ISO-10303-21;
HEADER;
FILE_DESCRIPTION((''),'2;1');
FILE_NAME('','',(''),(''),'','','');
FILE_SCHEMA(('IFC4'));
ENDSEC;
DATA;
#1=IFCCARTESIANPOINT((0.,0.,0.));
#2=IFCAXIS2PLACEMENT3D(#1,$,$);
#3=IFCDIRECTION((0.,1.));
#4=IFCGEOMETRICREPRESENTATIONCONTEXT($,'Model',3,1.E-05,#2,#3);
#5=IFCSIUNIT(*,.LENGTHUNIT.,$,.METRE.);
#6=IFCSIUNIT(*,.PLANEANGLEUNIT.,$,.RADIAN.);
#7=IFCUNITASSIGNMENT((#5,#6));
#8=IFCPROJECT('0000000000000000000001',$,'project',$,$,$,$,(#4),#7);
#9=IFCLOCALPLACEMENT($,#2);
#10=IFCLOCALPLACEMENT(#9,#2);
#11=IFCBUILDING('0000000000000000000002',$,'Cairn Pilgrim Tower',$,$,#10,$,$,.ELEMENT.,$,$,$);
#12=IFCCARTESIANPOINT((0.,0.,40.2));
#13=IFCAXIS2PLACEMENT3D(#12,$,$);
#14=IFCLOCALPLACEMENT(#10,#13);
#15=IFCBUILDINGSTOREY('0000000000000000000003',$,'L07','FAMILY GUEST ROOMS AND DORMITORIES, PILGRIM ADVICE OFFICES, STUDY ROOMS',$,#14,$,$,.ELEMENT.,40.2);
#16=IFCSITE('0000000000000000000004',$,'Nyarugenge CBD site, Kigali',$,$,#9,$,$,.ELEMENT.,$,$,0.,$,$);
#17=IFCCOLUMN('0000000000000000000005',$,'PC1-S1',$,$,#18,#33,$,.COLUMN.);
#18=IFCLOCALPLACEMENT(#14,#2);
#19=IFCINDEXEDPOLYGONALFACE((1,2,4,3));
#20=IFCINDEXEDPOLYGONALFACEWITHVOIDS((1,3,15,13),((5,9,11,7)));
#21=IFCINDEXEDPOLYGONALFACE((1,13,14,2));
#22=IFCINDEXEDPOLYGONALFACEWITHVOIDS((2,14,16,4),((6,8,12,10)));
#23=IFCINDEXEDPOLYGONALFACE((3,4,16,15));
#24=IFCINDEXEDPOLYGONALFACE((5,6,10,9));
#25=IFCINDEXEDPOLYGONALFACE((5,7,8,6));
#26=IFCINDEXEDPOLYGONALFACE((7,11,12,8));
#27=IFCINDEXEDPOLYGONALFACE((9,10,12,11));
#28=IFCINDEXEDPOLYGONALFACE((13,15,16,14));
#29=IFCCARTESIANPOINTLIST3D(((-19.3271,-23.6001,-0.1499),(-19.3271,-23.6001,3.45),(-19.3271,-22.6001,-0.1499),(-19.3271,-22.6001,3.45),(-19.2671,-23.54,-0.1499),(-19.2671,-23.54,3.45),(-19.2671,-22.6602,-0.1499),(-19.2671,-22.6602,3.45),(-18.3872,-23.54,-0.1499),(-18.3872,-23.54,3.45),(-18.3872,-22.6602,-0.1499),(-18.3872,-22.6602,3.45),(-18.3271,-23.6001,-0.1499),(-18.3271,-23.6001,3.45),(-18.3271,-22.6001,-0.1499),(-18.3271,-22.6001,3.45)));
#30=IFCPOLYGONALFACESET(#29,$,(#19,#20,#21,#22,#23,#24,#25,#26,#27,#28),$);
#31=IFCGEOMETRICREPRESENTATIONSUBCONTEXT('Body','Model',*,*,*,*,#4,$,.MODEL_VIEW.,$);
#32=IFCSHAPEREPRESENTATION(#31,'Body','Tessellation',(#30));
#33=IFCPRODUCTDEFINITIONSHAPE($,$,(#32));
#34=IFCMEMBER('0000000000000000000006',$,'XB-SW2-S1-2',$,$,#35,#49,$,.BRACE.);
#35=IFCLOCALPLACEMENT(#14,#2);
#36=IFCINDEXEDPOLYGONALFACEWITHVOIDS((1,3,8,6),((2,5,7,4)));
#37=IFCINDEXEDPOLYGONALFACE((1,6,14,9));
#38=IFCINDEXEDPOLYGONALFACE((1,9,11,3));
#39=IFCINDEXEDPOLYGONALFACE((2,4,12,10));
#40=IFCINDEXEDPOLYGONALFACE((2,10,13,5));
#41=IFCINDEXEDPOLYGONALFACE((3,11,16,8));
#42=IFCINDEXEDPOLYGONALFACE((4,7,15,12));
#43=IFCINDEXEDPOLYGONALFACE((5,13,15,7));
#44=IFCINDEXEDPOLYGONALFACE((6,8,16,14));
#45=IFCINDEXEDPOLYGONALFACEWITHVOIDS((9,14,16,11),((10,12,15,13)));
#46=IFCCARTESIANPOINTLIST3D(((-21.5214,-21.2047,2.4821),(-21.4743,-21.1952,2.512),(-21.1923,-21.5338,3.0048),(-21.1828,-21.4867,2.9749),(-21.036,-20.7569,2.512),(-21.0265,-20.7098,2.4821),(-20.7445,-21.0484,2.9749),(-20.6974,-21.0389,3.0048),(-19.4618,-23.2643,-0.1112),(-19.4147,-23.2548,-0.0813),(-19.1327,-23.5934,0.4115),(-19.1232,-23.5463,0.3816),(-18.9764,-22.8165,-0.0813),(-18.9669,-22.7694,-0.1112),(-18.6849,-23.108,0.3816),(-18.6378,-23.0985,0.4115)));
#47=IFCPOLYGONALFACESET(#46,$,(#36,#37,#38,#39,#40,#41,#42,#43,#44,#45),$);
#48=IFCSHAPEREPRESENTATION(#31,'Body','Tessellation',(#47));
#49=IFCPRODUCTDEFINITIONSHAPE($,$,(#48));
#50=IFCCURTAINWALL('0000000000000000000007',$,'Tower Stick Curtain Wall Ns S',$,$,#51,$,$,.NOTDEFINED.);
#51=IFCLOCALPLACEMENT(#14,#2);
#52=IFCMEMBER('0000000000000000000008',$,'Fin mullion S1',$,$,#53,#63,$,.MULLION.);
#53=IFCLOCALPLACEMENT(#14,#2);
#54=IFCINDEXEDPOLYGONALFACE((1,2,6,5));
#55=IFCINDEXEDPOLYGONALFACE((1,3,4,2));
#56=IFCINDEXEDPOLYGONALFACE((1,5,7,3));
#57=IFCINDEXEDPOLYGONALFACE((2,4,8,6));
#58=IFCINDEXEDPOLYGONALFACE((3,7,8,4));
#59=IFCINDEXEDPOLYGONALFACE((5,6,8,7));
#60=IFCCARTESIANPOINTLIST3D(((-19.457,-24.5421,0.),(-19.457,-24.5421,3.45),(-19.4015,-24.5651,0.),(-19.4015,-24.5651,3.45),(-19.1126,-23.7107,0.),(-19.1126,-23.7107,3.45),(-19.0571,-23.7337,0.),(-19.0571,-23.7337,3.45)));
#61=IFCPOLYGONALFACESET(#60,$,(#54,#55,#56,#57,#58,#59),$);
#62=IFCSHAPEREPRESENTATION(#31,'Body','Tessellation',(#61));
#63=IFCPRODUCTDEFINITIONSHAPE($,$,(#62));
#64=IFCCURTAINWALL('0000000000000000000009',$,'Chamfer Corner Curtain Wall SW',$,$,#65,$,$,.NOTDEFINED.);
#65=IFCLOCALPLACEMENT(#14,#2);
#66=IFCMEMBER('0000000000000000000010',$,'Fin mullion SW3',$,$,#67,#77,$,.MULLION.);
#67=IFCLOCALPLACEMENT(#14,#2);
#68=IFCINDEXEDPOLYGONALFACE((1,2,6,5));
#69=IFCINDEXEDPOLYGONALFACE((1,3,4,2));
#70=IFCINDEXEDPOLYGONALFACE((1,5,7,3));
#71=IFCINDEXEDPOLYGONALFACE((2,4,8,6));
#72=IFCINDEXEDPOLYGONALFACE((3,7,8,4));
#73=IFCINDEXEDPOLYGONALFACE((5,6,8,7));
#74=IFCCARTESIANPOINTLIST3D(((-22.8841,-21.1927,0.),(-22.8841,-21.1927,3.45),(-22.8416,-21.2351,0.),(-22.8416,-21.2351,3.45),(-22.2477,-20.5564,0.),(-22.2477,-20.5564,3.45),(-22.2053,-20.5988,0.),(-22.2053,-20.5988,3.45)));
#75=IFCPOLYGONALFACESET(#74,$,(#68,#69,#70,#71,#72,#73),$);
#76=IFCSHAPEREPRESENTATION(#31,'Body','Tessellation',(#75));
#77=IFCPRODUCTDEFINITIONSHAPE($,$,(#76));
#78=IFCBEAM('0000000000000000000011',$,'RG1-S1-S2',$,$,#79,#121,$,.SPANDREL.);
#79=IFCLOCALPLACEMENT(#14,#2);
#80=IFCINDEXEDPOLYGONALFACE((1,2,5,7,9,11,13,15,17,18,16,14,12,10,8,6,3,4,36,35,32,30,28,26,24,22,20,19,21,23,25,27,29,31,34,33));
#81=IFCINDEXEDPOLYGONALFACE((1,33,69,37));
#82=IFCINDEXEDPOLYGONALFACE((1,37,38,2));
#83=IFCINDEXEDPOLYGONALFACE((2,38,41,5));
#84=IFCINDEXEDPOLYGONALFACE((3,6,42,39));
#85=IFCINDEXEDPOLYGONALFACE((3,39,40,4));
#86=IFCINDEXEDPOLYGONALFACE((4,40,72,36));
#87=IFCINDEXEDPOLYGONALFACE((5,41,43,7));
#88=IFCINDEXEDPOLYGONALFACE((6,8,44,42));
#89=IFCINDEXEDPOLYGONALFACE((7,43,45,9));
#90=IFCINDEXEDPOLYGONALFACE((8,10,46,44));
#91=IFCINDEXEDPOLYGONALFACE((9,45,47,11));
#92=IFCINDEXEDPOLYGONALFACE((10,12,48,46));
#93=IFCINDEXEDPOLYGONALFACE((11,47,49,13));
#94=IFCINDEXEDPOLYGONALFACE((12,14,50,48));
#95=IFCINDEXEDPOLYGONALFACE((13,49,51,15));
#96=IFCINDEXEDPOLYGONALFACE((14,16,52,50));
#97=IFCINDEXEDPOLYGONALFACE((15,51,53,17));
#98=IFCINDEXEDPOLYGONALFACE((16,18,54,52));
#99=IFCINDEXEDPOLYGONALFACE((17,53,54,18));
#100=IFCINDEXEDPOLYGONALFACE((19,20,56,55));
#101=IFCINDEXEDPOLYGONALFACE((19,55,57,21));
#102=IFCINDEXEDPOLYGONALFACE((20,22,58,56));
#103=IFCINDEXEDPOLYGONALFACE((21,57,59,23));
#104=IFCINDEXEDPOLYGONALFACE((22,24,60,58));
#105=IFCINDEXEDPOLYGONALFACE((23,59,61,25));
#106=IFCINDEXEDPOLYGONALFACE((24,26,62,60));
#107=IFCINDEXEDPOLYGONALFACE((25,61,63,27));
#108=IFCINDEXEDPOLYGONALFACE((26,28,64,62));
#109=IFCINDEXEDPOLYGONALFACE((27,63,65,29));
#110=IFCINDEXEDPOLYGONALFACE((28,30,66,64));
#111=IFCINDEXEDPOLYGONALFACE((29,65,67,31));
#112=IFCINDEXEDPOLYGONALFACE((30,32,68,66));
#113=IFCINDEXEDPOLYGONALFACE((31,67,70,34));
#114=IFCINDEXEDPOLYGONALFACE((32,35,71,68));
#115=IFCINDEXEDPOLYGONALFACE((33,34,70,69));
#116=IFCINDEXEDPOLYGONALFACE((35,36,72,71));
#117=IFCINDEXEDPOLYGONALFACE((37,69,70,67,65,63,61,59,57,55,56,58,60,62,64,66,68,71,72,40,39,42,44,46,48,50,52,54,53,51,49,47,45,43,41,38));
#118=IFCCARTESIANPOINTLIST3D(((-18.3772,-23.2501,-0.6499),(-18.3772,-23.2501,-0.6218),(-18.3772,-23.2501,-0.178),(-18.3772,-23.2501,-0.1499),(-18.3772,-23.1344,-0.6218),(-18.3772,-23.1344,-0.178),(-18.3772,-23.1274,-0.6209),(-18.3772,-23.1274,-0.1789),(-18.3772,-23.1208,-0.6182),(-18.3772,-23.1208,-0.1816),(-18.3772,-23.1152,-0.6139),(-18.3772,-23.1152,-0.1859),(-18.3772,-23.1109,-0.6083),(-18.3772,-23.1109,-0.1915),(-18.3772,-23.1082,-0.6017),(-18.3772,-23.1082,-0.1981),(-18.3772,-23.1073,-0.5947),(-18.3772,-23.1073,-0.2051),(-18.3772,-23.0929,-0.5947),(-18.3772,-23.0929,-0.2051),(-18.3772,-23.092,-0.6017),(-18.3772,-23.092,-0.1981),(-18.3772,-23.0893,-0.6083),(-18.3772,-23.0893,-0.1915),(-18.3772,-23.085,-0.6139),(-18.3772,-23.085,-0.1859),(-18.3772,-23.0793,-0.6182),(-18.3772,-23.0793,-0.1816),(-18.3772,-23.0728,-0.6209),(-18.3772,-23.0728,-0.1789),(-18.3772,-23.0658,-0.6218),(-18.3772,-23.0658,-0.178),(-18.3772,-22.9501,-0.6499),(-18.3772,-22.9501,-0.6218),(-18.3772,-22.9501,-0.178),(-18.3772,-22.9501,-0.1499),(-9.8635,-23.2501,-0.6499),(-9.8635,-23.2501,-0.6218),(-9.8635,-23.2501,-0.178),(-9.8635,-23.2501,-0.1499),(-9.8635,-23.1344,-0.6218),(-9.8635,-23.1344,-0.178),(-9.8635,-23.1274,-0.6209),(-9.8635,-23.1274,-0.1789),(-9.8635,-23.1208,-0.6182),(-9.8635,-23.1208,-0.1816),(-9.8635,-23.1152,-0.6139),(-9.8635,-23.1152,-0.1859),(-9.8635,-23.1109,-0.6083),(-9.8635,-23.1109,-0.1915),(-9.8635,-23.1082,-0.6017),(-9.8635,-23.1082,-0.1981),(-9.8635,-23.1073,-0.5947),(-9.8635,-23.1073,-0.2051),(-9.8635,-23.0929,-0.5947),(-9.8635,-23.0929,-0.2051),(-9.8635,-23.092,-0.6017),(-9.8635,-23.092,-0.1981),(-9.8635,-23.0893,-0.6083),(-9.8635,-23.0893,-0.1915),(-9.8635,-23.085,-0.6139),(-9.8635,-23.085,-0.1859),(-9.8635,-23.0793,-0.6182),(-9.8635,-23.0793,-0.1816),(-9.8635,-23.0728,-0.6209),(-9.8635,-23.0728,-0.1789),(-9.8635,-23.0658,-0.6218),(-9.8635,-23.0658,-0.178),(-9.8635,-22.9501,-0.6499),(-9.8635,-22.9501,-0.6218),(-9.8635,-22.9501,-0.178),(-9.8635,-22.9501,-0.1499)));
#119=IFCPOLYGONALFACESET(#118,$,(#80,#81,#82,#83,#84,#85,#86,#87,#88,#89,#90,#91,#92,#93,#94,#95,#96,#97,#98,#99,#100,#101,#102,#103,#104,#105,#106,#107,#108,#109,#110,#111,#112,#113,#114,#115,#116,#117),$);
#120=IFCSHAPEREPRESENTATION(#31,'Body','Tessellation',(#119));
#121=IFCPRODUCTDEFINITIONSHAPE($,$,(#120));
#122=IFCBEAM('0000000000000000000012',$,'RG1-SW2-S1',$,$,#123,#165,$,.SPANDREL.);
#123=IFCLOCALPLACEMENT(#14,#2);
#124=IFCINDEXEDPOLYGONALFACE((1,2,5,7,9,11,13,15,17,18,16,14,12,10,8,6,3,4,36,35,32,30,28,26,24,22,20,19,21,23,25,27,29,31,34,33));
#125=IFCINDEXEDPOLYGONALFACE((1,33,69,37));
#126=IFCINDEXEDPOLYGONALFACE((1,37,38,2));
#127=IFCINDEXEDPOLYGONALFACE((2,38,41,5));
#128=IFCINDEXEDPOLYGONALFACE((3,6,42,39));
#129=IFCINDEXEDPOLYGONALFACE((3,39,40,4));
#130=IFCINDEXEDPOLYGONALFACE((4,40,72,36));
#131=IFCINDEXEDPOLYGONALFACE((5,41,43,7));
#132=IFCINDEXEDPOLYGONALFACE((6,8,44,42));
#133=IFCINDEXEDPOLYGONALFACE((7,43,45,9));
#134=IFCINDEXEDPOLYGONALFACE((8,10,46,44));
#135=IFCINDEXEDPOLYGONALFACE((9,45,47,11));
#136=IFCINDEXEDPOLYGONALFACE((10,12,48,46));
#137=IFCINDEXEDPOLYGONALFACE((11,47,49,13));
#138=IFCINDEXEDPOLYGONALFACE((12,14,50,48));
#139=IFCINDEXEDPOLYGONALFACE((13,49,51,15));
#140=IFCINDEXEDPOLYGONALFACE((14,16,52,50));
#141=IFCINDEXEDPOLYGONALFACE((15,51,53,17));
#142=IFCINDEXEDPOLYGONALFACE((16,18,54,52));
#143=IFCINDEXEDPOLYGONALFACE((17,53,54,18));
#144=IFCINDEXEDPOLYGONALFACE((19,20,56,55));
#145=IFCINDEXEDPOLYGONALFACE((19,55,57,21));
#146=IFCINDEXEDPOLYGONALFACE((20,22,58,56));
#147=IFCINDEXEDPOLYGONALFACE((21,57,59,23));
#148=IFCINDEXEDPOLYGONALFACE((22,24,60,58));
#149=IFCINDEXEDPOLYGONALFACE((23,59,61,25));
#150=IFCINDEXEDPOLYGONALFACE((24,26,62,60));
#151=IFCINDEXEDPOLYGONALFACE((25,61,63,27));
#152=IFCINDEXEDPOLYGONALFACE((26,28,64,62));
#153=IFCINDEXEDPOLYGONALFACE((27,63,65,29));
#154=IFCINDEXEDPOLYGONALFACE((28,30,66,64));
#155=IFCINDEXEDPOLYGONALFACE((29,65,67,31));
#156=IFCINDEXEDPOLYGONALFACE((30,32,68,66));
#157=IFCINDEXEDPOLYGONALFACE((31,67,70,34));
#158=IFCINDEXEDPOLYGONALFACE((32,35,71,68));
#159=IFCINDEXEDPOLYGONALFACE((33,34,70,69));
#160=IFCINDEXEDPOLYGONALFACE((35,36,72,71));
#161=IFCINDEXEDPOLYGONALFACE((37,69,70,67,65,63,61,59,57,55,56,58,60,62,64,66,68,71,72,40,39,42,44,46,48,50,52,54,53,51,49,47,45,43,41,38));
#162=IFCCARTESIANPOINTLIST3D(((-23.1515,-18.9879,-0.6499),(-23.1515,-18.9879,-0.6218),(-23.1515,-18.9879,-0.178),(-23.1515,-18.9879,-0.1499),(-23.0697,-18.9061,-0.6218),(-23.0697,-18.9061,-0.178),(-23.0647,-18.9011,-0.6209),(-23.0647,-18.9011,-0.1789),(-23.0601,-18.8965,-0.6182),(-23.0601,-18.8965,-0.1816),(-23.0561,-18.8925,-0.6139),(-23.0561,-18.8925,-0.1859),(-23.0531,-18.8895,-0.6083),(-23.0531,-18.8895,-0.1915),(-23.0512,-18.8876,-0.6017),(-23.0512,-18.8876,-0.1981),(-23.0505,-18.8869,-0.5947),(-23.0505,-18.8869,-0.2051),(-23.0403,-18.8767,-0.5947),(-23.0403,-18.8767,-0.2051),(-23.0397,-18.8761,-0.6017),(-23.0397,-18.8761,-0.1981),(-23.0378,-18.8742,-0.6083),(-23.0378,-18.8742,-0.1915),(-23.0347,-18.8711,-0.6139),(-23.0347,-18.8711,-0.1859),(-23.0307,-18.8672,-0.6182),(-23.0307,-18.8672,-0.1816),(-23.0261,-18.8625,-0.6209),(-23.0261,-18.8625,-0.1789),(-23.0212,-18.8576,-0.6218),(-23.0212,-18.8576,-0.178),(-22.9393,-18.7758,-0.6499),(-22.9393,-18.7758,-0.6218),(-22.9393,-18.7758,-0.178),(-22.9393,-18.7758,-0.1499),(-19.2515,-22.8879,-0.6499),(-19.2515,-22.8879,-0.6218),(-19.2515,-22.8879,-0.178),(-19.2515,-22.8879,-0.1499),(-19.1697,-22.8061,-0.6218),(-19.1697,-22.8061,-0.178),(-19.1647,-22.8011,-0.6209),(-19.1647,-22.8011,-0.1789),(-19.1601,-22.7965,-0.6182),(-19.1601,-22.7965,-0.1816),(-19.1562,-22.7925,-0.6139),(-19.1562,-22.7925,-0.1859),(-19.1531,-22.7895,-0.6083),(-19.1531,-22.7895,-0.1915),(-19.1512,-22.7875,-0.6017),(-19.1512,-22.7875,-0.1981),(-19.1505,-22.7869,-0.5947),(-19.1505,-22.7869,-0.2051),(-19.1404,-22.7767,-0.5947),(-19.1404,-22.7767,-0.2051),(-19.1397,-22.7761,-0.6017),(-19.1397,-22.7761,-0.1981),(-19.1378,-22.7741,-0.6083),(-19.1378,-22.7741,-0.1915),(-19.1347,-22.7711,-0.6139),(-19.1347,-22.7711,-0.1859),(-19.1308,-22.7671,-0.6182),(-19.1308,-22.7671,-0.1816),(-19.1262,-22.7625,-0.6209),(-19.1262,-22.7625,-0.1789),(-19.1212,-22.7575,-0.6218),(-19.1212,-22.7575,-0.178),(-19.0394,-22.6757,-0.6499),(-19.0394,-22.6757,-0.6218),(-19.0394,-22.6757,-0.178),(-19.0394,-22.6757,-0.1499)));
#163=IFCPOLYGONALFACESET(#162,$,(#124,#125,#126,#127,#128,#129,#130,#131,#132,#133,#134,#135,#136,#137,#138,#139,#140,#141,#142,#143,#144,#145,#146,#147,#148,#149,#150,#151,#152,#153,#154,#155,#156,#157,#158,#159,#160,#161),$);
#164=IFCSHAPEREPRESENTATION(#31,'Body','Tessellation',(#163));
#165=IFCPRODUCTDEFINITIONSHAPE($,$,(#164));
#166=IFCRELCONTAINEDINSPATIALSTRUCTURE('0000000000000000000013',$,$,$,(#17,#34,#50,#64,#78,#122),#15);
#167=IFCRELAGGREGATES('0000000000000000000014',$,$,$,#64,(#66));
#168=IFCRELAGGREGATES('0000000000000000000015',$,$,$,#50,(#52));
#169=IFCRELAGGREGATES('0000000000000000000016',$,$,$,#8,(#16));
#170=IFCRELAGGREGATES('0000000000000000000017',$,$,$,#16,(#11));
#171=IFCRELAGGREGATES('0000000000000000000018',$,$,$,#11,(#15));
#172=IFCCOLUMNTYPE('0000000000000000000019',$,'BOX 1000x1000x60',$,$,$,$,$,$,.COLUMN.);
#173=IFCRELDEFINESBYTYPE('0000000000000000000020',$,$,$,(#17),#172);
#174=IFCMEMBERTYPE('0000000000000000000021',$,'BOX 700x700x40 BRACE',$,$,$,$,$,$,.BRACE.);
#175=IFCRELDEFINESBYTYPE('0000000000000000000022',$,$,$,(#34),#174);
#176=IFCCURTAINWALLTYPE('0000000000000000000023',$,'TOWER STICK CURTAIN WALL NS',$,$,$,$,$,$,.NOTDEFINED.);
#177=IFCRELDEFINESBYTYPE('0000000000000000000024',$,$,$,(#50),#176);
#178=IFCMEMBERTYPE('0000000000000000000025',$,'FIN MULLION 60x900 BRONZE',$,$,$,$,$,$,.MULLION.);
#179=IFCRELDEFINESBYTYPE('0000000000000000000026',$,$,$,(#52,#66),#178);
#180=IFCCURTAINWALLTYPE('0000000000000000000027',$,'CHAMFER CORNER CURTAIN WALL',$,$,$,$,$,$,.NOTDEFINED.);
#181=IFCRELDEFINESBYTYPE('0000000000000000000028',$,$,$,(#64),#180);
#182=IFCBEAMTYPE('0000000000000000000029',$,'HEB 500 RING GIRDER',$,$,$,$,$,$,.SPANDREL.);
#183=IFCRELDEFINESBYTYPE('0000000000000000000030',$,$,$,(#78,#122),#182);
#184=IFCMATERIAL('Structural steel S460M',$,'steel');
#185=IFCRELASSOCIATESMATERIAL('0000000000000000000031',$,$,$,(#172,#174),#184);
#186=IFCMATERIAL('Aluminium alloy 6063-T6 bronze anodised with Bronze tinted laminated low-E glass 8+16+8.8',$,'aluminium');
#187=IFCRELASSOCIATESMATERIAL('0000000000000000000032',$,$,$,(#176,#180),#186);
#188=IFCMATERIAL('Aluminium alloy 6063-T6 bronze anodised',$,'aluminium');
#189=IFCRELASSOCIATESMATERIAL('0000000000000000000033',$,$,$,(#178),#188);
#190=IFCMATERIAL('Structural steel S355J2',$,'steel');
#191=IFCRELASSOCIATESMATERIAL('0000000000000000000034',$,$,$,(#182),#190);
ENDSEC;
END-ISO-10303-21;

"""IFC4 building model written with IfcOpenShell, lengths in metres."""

from ifc_helpers import new_model, si_unit, direction, frame, origin, origin_2d, place, context, subcontext, project, spatial, rectangle, hollow_rectangle, i_section, extrude, material, material_profile, profile_set, type_object, element, aggregate, save


model = new_model("IFC4")

# Units and contexts
model_context = context("Model", 3, precision=1e-05, world=origin(), true_north=direction((0.0, 1.0)))
body_context = subcontext(model_context, "Body", "Model", "MODEL_VIEW")
ifc_project = project(units=[si_unit("LENGTHUNIT", "METRE"), si_unit("PLANEANGLEUNIT", "RADIAN")], contexts=[model_context])

# Site, building, storey
site_placement = place(None, origin())
site = spatial("IfcSite", under=ifc_project, at=site_placement, Name="Nyarugenge CBD site, Kigali", CompositionType="ELEMENT", RefElevation=0.0)
building_placement = place(site_placement, origin())
building = spatial("IfcBuilding", under=site, at=building_placement, Name="Cairn Pilgrim Tower", CompositionType="ELEMENT")
storey_placement = place(building_placement, frame((0.0, 0.0, 40.2)))
storey = spatial("IfcBuildingStorey", under=building, at=storey_placement, Name="L07", Description="FAMILY GUEST ROOMS AND DORMITORIES, PILGRIM ADVICE OFFICES, STUDY ROOMS", CompositionType="ELEMENT", Elevation=40.2)

# Column
ifc_material_1 = material(Name="Structural steel S460M", Category="steel")
ifc_material_profile_1 = material_profile(ifc_material_1, hollow_rectangle(XDim=1.0, YDim=1.0, WallThickness=0.0601, at=origin_2d()), Name="BOX 1000x1000x60")
ifc_profile_set_1 = profile_set([ifc_material_profile_1], Name="Structural steel S460M")
column_type = type_object("IfcColumnType", Name="BOX 1000x1000x60", PredefinedType="COLUMN", material=ifc_profile_set_1)
column_placement = place(storey_placement, frame((-18.8271, -23.1001, -0.1499), z_axis=(0.0, 0.0, 1.0), x_axis=(1.0, 0.0, 0.0)))
element("IfcColumn", 1, at=column_placement, inside=storey, type_object=column_type, Name="PC1-S1", PredefinedType="COLUMN", context=body_context, shape_type="SweptSolid", body=[
    extrude(hollow_rectangle(XDim=1.0, YDim=1.0, WallThickness=0.0601, at=origin_2d()), origin(), (0.0, 0.0, 1.0), 3.5999),
])

# Member
ifc_material_profile_2 = material_profile(ifc_material_1, hollow_rectangle(XDim=0.7, YDim=0.7, WallThickness=0.04, at=origin_2d()), Name="BOX 700x700x40")
ifc_profile_set_2 = profile_set([ifc_material_profile_2], Name="Structural steel S460M")
member_type_1 = type_object("IfcMemberType", Name="BOX 700x700x40 BRACE", PredefinedType="BRACE", material=ifc_profile_set_2)
member_1_placement = place(storey_placement, frame((-19.0498, -23.1814, 0.1501), z_axis=(-0.528118, 0.528118, 0.664968), x_axis=(-0.707107, -0.707107, 0.0)))
element("IfcMember", 2, at=member_1_placement, inside=storey, type_object=member_type_1, Name="XB-SW2-S1-2", PredefinedType="BRACE", context=body_context, shape_type="SweptSolid", body=[
    extrude(hollow_rectangle(XDim=0.7, YDim=0.7, WallThickness=0.04, at=origin_2d()), origin(), (0.0, 0.0, 1.0), 3.8999),
])

# Curtain walls, members
ifc_material_2 = material(Name="Aluminium alloy 6063-T6 bronze anodised with Bronze tinted laminated low-E glass 8+16+8.8", Category="aluminium")
curtain_wall_type_1 = type_object("IfcCurtainWallType", Name="TOWER STICK CURTAIN WALL NS", PredefinedType="NOTDEFINED", material=ifc_material_2)
curtain_wall_1_placement = place(storey_placement, origin())
curtain_wall_1 = element("IfcCurtainWall", 3, at=curtain_wall_1_placement, inside=storey, type_object=curtain_wall_type_1, Name="Tower Stick Curtain Wall Ns S", PredefinedType="NOTDEFINED")
ifc_material_3 = material(Name="Aluminium alloy 6063-T6 bronze anodised", Category="aluminium")
ifc_material_profile_3 = material_profile(ifc_material_3, rectangle(XDim=0.8999, YDim=0.0601, at=origin_2d()), Name="FIN MULLION 60x900 BRONZE")
ifc_profile_set_3 = profile_set([ifc_material_profile_3], Name="Aluminium alloy 6063-T6 bronze anodised")
member_type_2 = type_object("IfcMemberType", Name="FIN MULLION 60x900 BRONZE", PredefinedType="MULLION", material=ifc_profile_set_3)
member_2_placement = place(storey_placement, frame((-19.2571, -24.1379, 0.0), z_axis=(0.0, 0.0, 1.0), x_axis=(-0.382683, -0.92388, 0.0)))
member_2 = element("IfcMember", 4, at=member_2_placement, type_object=member_type_2, Name="Fin mullion S1", PredefinedType="MULLION", context=body_context, shape_type="SweptSolid", body=[
    extrude(rectangle(XDim=0.8999, YDim=0.0601, at=origin_2d()), origin(), (0.0, 0.0, 1.0), 3.45),
])
curtain_wall_type_2 = type_object("IfcCurtainWallType", Name="CHAMFER CORNER CURTAIN WALL", PredefinedType="NOTDEFINED", material=ifc_material_2)
curtain_wall_2_placement = place(storey_placement, origin())
curtain_wall_2 = element("IfcCurtainWall", 5, at=curtain_wall_2_placement, inside=storey, type_object=curtain_wall_type_2, Name="Chamfer Corner Curtain Wall SW", PredefinedType="NOTDEFINED")
member_3_placement = place(storey_placement, frame((-22.5447, -20.8958, 0.0), z_axis=(0.0, 0.0, 1.0), x_axis=(-0.707107, -0.707107, 0.0)))
member_3 = element("IfcMember", 6, at=member_3_placement, type_object=member_type_2, Name="Fin mullion SW3", PredefinedType="MULLION", context=body_context, shape_type="SweptSolid", body=[
    extrude(rectangle(XDim=0.8999, YDim=0.0601, at=origin_2d()), origin(), (0.0, 0.0, 1.0), 3.45),
])

# Beams
ifc_material_4 = material(Name="Structural steel S355J2", Category="steel")
ifc_material_profile_4 = material_profile(ifc_material_4, i_section(OverallWidth=0.3, OverallDepth=0.5, WebThickness=0.0144, FlangeThickness=0.0281, FilletRadius=0.0271, at=origin_2d()), Name="HEB 500")
ifc_profile_set_4 = profile_set([ifc_material_profile_4], Name="Structural steel S355J2")
beam_type_1 = type_object("IfcBeamType", Name="HEB 500 RING GIRDER", PredefinedType="SPANDREL", material=ifc_profile_set_4)
beam_1_placement = place(storey_placement, frame((-18.3772, -23.1001, -0.3999), z_axis=(1.0, 0.0, 0.0), x_axis=(0.0, 1.0, 0.0)))
element("IfcBeam", 7, at=beam_1_placement, inside=storey, type_object=beam_type_1, Name="RG1-S1-S2", PredefinedType="SPANDREL", context=body_context, shape_type="SweptSolid", body=[
    extrude(i_section(OverallWidth=0.3, OverallDepth=0.5, WebThickness=0.0144, FlangeThickness=0.0281, FilletRadius=0.0271, at=origin_2d()), origin(), (0.0, 0.0, 1.0), 8.5137),
])
beam_2_placement = place(storey_placement, frame((-23.0454, -18.8818, -0.3999), z_axis=(0.707107, -0.707107, 0.0), x_axis=(0.707107, 0.707107, 0.0)))
element("IfcBeam", 8, at=beam_2_placement, inside=storey, type_object=beam_type_1, Name="RG1-SW2-S1", PredefinedType="SPANDREL", context=body_context, shape_type="SweptSolid", body=[
    extrude(i_section(OverallWidth=0.3, OverallDepth=0.5, WebThickness=0.0144, FlangeThickness=0.0281, FilletRadius=0.0271, at=origin_2d()), origin(), (0.0, 0.0, 1.0), 5.5154),
])

aggregate(curtain_wall_2, [member_3])
aggregate(curtain_wall_1, [member_2])

save(model, "model.ifc")
